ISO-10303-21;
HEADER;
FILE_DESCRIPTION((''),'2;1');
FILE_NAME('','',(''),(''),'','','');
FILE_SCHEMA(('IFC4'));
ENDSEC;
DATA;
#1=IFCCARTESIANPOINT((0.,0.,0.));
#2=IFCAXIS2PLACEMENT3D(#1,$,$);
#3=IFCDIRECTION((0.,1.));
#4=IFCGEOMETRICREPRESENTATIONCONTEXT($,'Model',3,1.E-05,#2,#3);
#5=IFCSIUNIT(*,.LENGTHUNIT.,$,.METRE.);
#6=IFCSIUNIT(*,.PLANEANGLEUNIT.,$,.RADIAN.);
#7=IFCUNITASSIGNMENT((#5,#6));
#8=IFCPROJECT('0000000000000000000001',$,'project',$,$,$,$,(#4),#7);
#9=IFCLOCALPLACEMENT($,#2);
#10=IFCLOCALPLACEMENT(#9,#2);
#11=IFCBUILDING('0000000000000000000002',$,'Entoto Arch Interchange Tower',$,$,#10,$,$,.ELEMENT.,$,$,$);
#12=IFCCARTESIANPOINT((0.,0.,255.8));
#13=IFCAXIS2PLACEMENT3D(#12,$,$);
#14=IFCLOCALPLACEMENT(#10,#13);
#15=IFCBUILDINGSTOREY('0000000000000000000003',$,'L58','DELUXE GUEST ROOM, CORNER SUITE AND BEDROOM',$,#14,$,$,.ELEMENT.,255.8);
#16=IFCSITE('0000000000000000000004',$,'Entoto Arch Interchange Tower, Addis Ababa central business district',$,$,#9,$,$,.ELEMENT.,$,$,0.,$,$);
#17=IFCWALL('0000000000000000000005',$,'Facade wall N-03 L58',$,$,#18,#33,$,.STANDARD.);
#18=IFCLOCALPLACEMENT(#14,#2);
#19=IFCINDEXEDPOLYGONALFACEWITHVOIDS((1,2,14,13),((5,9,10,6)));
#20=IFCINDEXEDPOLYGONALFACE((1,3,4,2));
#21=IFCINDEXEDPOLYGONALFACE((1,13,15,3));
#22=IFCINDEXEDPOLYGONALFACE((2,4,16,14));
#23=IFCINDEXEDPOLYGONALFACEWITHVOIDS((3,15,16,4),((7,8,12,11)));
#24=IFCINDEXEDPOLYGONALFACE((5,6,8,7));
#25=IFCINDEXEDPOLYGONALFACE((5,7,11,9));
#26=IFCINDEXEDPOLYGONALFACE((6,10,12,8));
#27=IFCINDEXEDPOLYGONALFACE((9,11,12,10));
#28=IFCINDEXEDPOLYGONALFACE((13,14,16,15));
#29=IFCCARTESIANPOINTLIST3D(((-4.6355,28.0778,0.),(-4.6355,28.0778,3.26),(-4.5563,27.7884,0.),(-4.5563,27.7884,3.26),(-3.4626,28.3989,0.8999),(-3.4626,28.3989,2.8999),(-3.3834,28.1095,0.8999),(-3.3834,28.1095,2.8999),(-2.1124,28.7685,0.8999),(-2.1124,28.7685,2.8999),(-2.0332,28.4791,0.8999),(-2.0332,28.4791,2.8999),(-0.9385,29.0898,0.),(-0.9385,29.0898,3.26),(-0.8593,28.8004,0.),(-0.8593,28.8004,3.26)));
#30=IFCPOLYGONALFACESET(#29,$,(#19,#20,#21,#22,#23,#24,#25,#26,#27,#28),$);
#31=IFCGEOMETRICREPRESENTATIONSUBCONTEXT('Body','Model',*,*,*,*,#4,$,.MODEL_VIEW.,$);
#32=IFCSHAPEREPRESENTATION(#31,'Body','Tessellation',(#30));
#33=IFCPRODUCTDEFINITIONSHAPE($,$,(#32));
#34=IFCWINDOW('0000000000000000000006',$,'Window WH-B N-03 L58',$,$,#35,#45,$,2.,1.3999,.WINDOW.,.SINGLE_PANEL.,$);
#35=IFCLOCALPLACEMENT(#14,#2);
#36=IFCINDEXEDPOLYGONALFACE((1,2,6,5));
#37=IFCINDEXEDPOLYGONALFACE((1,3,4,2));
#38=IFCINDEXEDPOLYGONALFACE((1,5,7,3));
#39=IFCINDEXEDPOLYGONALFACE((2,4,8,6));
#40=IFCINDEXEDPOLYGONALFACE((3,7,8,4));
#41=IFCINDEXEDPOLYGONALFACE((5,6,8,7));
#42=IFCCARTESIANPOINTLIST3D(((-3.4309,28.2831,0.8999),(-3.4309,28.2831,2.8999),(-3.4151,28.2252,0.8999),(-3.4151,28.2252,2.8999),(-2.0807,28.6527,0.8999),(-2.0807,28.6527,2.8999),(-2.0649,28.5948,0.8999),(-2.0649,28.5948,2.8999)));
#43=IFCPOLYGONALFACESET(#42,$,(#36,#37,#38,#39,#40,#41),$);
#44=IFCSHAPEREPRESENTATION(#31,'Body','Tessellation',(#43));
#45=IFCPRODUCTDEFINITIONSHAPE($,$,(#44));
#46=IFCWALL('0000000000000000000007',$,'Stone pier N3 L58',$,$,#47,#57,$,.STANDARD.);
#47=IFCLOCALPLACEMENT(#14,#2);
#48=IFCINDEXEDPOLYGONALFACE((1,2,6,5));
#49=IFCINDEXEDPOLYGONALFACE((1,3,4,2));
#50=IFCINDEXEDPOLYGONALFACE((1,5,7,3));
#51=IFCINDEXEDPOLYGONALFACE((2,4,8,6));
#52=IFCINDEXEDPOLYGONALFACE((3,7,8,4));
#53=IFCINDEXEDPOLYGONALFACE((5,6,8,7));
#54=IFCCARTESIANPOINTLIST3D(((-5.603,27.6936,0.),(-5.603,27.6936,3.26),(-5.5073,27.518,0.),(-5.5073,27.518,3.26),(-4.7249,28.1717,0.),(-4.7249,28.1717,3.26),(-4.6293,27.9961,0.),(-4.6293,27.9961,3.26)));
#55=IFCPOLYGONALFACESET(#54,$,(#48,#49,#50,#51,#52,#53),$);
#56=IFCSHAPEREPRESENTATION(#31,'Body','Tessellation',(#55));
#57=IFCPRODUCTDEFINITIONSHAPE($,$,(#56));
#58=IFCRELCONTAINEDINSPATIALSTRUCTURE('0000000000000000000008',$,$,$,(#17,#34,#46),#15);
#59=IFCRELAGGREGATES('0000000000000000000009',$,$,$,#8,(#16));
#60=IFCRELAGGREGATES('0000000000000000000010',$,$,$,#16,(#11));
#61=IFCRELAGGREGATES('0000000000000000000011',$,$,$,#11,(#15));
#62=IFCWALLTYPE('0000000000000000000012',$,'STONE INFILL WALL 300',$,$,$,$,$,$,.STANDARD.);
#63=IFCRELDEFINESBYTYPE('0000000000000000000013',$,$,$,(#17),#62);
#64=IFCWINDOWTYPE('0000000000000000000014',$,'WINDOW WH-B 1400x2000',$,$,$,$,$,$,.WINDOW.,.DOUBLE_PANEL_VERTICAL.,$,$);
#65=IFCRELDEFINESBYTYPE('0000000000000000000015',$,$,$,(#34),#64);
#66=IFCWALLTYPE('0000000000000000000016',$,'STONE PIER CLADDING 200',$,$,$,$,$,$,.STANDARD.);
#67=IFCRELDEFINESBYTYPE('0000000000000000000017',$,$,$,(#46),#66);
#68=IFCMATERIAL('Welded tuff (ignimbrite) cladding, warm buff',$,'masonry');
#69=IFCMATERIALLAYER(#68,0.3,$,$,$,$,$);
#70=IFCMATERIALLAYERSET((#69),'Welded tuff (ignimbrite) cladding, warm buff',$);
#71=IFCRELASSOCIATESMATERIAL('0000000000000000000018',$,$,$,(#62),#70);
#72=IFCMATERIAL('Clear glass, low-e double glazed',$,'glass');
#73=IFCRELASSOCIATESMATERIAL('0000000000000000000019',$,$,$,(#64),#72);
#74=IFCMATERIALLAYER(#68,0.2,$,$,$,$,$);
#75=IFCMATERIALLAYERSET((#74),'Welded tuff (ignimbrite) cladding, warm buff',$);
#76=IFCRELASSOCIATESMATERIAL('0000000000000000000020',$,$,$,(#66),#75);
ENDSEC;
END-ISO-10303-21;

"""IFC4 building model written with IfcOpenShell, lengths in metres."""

from ifc_helpers import new_model, si_unit, direction, frame, frame_2d, origin, place, context, subcontext, project, spatial, rectangle, extrude, material, layer, layer_set, type_object, element, fill, save


model = new_model("IFC4")

# Units and contexts
model_context = context("Model", 3, precision=1e-05, world=origin(), true_north=direction((0.0, 1.0)))
body_context = subcontext(model_context, "Body", "Model", "MODEL_VIEW")
ifc_project = project(units=[si_unit("LENGTHUNIT", "METRE"), si_unit("PLANEANGLEUNIT", "RADIAN")], contexts=[model_context])

# Site, building, storey
site_placement = place(None, origin())
site = spatial("IfcSite", under=ifc_project, at=site_placement, Name="Entoto Arch Interchange Tower, Addis Ababa central business district", CompositionType="ELEMENT", RefElevation=0.0)
building_placement = place(site_placement, origin())
building = spatial("IfcBuilding", under=site, at=building_placement, Name="Entoto Arch Interchange Tower", CompositionType="ELEMENT")
storey_placement = place(building_placement, frame((0.0, 0.0, 255.8)))
storey = spatial("IfcBuildingStorey", under=building, at=storey_placement, Name="L58", Description="DELUXE GUEST ROOM, CORNER SUITE AND BEDROOM", CompositionType="ELEMENT", Elevation=255.8)

# Wall, opening, window
ifc_material_1 = material(Name="Welded tuff (ignimbrite) cladding, warm buff", Category="masonry")
ifc_layer_1 = layer(ifc_material_1, 0.3)
ifc_layer_set_1 = layer_set([ifc_layer_1], Name="Welded tuff (ignimbrite) cladding, warm buff")
wall_type_1 = type_object("IfcWallType", Name="STONE INFILL WALL 300", PredefinedType="STANDARD", material=ifc_layer_set_1)
wall_1_placement = place(storey_placement, frame((-0.8989, 28.9451, 0.0), z_axis=(0.0, 0.0, 1.0), x_axis=(-0.964519, -0.264012, 0.0)))
wall_1 = element("IfcWall", 1, at=wall_1_placement, inside=storey, type_object=wall_type_1, Name="Facade wall N-03 L58", PredefinedType="STANDARD", context=body_context, shape_type="SweptSolid", body=[
    extrude(rectangle(XDim=3.833, YDim=0.3, at=frame_2d((1.9165, 0.0))), origin(), (0.0, 0.0, 1.0), 3.26),
])
opening_1_placement = place(wall_1_placement, frame((1.217, 0.0, 0.8999)))
opening_1 = element("IfcOpeningElement", 2, at=opening_1_placement, cuts=wall_1, PredefinedType="OPENING", context=body_context, shape_type="SweptSolid", body=[
    extrude(rectangle(XDim=1.3999, YDim=2.0, at=frame_2d((0.7, 1.0))), frame((0.0, 0.1602, 0.0), z_axis=(0.0, -1.0, 0.0), x_axis=(1.0, 0.0, 0.0)), (0.0, 0.0, 1.0), 0.3201),
])
ifc_material_2 = material(Name="Clear glass, low-e double glazed", Category="glass")
window_type = type_object("IfcWindowType", Name="WINDOW WH-B 1400x2000", PartitioningType="DOUBLE_PANEL_VERTICAL", PredefinedType="WINDOW", material=ifc_material_2)
window_placement = place(opening_1_placement, origin())
window = element("IfcWindow", 3, at=window_placement, inside=storey, type_object=window_type, Name="Window WH-B N-03 L58", OverallHeight=2.0, OverallWidth=1.3999, PartitioningType="SINGLE_PANEL", PredefinedType="WINDOW", context=body_context, shape_type="SweptSolid", body=[
    extrude(rectangle(XDim=1.3999, YDim=2.0, at=frame_2d((0.7, 1.0))), frame((0.0, 0.03, 0.0), z_axis=(0.0, -1.0, 0.0), x_axis=(1.0, 0.0, 0.0)), (0.0, 0.0, 1.0), 0.0601),
])
fill(opening_1, window)

# Wall
ifc_layer_2 = layer(ifc_material_1, 0.2)
ifc_layer_set_2 = layer_set([ifc_layer_2], Name="Welded tuff (ignimbrite) cladding, warm buff")
wall_type_2 = type_object("IfcWallType", Name="STONE PIER CLADDING 200", PredefinedType="STANDARD", material=ifc_layer_set_2)
wall_2_placement = place(storey_placement, frame((-4.677, 28.084, 0.0), z_axis=(0.0, 0.0, 1.0), x_axis=(-0.87825, -0.478202, 0.0)))
element("IfcWall", 4, at=wall_2_placement, inside=storey, type_object=wall_type_2, Name="Stone pier N3 L58", PredefinedType="STANDARD", context=body_context, shape_type="SweptSolid", body=[
    extrude(rectangle(XDim=0.9998, YDim=0.2, at=frame_2d((0.5, 0.0))), origin(), (0.0, 0.0, 1.0), 3.26),
])

save(model, "model.ifc")
